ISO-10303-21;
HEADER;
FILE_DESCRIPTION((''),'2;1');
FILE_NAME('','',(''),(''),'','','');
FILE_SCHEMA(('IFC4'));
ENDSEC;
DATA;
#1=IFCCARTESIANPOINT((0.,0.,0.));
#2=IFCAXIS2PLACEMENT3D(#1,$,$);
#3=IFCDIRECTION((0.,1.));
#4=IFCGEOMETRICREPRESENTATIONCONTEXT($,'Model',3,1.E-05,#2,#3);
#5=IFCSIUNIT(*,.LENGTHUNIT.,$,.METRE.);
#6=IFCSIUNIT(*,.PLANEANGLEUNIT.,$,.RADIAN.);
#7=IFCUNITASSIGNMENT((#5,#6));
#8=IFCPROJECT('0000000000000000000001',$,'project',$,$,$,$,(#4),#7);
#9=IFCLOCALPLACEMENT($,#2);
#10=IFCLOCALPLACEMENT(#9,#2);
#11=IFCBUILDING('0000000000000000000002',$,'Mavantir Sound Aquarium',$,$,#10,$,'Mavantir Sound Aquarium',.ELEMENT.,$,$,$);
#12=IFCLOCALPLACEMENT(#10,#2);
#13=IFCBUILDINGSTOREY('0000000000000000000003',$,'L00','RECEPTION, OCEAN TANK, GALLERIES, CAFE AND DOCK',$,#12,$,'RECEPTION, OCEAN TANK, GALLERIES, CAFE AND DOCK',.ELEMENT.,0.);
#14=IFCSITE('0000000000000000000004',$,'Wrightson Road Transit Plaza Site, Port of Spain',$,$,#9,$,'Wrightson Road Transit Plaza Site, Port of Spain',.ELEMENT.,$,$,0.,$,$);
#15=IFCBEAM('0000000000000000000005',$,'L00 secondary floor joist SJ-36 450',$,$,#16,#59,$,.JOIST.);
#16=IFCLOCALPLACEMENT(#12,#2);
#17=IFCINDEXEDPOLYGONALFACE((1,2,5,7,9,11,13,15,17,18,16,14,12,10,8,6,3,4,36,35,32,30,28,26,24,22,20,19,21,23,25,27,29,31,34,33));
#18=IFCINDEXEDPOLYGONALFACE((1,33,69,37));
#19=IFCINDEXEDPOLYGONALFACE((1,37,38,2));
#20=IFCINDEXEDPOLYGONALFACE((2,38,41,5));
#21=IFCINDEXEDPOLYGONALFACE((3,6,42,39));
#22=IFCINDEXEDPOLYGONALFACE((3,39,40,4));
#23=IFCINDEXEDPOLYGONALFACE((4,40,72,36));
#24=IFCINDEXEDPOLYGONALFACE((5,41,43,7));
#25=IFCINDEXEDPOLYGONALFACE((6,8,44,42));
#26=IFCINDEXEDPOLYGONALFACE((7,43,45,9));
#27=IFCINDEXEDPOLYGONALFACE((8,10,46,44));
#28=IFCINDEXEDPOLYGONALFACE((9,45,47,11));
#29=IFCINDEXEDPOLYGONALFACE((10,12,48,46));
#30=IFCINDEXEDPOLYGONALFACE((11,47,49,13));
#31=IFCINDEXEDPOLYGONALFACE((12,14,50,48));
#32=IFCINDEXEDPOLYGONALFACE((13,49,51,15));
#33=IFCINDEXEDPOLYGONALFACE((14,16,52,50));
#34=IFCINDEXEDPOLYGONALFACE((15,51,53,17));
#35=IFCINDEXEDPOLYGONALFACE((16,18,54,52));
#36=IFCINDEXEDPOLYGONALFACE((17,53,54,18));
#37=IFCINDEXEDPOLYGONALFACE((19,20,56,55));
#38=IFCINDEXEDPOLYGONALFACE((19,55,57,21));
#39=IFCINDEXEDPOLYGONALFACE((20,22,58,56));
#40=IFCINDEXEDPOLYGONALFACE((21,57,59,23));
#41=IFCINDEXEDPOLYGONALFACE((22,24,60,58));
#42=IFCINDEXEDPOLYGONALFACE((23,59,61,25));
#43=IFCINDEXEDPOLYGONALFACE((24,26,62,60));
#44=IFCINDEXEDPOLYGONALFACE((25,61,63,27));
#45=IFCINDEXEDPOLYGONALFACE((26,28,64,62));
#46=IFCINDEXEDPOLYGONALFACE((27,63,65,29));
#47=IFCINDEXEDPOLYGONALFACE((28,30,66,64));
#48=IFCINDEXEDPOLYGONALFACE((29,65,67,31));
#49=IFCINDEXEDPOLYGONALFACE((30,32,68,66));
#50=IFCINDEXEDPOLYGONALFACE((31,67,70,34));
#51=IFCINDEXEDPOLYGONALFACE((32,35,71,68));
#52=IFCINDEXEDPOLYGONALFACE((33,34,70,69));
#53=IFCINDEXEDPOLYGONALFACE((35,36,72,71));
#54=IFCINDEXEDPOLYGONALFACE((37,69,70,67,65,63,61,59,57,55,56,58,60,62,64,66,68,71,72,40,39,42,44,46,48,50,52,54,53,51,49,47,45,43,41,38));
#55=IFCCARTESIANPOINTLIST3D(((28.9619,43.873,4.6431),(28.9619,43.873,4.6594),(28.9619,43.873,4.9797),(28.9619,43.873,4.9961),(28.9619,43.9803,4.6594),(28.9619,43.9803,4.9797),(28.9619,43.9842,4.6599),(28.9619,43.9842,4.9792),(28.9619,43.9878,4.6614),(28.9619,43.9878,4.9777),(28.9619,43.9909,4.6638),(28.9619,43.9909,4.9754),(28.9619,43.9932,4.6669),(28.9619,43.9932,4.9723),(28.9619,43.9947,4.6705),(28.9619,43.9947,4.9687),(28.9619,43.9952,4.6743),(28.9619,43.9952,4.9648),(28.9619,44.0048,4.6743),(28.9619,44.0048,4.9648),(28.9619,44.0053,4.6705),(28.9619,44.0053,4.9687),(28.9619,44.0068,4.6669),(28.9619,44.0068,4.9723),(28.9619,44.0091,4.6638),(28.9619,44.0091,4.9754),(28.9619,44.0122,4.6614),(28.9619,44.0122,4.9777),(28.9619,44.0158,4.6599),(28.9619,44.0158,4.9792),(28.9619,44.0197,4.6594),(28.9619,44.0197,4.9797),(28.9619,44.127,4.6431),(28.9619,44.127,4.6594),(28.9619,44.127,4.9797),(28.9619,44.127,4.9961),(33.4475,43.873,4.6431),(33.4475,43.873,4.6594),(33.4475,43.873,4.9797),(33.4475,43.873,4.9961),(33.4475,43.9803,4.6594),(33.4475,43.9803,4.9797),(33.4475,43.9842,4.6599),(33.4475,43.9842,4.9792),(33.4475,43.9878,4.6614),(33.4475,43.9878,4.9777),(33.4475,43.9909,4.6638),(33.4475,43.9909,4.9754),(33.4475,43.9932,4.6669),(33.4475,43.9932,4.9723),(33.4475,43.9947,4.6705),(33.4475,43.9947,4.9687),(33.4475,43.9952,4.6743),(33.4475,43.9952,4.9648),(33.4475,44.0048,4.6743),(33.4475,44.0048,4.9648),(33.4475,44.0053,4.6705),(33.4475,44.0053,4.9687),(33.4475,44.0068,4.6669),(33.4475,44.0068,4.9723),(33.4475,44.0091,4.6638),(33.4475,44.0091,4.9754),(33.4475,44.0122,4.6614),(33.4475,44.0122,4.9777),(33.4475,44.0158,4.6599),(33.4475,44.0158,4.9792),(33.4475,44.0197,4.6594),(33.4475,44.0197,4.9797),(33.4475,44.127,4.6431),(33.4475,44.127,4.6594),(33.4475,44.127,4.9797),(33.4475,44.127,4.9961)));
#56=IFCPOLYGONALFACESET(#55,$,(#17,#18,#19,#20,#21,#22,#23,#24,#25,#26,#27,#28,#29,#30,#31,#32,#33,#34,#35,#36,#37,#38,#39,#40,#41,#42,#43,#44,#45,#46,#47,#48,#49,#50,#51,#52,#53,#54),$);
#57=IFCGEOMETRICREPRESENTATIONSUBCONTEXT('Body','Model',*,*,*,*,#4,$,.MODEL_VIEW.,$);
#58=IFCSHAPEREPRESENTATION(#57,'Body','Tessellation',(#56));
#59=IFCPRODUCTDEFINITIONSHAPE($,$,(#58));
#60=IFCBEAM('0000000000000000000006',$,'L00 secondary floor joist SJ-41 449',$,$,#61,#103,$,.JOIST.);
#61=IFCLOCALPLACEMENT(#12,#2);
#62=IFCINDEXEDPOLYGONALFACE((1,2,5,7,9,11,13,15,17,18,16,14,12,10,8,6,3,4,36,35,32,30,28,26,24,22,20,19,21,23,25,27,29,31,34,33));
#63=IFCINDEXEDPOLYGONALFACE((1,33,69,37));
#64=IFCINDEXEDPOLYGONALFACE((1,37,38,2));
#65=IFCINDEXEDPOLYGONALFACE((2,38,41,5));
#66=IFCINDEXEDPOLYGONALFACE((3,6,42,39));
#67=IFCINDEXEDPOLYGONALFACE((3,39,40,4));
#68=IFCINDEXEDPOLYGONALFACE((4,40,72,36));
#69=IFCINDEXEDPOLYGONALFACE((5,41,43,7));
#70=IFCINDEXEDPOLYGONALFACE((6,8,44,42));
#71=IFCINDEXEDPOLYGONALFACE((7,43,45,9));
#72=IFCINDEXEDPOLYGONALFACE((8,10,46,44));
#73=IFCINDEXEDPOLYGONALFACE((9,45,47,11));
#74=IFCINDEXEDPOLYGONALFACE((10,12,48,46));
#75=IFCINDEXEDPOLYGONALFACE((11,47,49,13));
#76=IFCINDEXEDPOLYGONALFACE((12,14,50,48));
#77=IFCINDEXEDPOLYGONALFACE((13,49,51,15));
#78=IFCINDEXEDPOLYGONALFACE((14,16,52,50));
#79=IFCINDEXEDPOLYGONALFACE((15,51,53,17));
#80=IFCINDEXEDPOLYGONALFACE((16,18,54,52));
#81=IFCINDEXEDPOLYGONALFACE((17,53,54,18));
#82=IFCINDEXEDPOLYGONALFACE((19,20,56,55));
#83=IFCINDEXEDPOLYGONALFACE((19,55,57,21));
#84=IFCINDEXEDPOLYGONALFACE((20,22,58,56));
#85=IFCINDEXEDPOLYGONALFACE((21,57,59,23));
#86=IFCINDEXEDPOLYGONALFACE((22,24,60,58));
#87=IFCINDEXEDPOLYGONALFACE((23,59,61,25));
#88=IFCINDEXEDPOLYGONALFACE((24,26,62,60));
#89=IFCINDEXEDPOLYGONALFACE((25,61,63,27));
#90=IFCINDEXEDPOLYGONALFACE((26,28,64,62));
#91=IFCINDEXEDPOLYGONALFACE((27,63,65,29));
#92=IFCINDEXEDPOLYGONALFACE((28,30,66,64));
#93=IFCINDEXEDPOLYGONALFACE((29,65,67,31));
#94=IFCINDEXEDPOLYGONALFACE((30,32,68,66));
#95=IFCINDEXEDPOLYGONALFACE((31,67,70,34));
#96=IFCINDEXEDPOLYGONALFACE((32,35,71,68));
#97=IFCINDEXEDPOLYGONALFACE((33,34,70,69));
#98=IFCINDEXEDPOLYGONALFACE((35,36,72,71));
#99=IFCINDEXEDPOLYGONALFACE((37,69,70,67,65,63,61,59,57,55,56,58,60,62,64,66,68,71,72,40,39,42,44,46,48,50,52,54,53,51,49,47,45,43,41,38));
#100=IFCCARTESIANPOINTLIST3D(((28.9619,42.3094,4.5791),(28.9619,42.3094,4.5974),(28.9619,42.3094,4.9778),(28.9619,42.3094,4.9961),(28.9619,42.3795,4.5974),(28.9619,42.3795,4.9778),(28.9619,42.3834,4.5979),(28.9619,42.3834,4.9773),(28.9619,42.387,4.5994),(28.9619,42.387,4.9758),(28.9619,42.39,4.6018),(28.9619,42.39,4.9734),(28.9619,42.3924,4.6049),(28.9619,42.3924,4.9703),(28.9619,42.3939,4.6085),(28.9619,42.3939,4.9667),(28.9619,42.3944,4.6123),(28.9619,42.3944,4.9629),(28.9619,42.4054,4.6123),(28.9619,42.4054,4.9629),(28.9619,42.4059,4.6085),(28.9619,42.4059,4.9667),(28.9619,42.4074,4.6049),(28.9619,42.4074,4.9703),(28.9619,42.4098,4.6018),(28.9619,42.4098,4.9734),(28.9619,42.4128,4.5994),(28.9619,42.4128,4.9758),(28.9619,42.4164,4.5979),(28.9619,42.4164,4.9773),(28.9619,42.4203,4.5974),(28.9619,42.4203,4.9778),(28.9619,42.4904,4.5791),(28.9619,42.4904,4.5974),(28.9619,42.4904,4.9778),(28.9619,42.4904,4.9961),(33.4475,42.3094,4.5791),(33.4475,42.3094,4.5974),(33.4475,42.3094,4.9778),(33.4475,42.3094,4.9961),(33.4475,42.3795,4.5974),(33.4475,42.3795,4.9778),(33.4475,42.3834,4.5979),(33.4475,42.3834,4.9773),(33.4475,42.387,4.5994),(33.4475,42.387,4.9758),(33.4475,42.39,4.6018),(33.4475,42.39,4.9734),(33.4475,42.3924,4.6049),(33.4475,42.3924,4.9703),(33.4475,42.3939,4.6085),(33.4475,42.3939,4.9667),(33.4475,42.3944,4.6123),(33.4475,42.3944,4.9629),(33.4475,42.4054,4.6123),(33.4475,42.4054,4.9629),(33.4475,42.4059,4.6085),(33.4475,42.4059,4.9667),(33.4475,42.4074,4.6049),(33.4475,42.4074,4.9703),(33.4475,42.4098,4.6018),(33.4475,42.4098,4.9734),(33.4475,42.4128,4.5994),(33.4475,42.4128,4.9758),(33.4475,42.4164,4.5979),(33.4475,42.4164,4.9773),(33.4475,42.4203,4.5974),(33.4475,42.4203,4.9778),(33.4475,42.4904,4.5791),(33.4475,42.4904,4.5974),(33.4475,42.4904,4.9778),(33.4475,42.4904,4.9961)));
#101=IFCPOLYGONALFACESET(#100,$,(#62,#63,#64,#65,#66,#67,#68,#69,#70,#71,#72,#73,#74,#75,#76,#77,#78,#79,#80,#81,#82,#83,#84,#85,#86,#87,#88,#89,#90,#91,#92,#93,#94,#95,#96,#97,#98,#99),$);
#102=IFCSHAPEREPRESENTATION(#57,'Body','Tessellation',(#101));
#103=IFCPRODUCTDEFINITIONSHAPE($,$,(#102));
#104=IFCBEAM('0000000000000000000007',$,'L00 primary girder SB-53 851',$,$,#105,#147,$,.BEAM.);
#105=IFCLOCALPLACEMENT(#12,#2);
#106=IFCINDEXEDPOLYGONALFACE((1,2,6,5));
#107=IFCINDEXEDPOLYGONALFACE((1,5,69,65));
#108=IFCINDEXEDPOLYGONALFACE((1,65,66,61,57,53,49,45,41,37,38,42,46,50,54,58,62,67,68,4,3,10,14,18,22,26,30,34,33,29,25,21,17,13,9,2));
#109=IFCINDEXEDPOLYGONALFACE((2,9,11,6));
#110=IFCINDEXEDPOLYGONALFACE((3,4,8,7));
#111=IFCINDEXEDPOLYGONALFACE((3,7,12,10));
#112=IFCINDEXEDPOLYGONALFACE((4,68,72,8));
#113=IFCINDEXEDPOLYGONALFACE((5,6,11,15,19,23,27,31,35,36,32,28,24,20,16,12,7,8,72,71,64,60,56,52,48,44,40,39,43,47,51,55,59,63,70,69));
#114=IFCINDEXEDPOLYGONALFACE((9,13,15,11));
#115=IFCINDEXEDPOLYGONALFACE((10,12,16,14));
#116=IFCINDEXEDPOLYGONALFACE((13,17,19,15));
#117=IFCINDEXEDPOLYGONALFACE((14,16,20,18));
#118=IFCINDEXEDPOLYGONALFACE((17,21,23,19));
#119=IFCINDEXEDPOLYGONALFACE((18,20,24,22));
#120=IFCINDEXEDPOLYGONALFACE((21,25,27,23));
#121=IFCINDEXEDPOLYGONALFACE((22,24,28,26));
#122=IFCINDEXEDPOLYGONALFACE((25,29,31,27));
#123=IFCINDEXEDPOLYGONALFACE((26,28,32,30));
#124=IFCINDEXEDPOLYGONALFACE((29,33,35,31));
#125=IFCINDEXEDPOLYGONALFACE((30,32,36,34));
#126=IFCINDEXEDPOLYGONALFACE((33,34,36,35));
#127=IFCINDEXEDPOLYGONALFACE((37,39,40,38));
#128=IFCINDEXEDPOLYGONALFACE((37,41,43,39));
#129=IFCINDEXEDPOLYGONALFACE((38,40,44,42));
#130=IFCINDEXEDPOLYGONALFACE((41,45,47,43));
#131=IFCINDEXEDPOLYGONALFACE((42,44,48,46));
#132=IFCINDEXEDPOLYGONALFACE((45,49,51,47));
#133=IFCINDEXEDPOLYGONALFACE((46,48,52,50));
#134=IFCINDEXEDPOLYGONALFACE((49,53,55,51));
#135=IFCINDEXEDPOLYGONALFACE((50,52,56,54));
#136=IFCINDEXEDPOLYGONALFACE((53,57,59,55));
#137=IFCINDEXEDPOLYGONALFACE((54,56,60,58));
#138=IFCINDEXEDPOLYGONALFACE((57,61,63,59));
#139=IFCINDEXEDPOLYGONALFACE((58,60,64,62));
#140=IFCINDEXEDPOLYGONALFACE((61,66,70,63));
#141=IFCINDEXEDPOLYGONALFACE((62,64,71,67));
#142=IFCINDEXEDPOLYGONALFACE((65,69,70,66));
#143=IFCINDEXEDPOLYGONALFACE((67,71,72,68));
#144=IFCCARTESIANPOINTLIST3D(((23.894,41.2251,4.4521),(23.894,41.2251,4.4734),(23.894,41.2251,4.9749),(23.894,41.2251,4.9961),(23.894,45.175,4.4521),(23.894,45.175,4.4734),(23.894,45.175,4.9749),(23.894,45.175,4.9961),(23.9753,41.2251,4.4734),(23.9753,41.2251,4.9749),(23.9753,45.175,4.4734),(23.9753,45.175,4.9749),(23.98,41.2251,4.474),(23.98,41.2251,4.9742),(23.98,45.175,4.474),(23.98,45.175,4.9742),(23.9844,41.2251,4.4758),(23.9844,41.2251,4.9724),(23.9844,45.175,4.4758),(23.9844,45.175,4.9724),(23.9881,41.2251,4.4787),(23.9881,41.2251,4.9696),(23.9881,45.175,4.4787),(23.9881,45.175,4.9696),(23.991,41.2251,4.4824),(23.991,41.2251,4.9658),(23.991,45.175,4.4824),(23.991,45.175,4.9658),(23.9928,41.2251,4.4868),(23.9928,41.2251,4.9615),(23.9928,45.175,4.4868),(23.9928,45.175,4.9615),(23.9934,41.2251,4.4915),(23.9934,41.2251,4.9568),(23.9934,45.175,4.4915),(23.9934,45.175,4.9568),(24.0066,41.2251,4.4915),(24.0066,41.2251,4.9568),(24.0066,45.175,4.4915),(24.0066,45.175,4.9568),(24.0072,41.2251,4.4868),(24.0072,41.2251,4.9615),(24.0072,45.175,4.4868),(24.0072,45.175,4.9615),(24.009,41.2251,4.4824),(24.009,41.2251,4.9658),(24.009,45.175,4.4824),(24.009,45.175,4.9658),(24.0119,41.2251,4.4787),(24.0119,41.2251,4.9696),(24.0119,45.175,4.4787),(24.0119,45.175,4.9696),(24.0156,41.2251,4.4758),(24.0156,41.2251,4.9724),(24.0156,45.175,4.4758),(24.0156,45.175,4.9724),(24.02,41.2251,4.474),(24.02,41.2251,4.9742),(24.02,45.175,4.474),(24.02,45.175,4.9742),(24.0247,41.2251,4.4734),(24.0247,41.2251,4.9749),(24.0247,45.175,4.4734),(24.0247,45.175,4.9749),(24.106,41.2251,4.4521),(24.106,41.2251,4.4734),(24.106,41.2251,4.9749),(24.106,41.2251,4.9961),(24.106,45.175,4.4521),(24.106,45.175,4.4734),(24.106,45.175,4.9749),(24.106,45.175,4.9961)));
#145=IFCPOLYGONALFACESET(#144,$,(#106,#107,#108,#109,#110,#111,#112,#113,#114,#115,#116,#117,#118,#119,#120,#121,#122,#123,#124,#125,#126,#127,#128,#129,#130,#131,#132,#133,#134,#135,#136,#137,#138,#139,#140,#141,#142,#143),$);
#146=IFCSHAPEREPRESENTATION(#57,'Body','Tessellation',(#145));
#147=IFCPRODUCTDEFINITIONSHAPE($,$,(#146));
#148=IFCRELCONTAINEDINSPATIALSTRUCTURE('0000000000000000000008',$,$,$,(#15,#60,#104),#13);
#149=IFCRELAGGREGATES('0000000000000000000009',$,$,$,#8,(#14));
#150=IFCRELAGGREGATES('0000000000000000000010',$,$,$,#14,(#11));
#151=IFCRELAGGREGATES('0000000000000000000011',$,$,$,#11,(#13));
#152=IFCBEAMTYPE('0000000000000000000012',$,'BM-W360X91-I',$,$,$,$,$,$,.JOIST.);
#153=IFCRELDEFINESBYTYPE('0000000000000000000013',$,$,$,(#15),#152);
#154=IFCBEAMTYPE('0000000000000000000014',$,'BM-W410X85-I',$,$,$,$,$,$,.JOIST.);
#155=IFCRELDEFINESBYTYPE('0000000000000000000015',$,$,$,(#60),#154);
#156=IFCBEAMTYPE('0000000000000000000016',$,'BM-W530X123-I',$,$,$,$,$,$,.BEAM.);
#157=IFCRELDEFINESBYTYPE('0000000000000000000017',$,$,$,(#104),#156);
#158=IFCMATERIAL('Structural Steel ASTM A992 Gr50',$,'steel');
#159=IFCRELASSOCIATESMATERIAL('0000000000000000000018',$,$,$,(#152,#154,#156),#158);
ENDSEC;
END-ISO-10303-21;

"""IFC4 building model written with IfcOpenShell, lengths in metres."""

from ifc_helpers import new_model, si_unit, direction, frame, origin, origin_2d, place, context, subcontext, project, spatial, i_section, extrude, material, material_profile, profile_set, type_object, element, save


model = new_model("IFC4")

# Units and contexts
model_context = context("Model", 3, precision=1e-05, world=origin(), true_north=direction((0.0, 1.0)))
body_context = subcontext(model_context, "Body", "Model", "MODEL_VIEW")
ifc_project = project(units=[si_unit("LENGTHUNIT", "METRE"), si_unit("PLANEANGLEUNIT", "RADIAN")], contexts=[model_context])

# Site, building, storey
site_placement = place(None, origin())
site = spatial("IfcSite", under=ifc_project, at=site_placement, Name="Wrightson Road Transit Plaza Site, Port of Spain", LongName="Wrightson Road Transit Plaza Site, Port of Spain", CompositionType="ELEMENT", RefElevation=0.0)
building_placement = place(site_placement, origin())
building = spatial("IfcBuilding", under=site, at=building_placement, Name="Mavantir Sound Aquarium", LongName="Mavantir Sound Aquarium", CompositionType="ELEMENT")
storey_placement = place(building_placement, origin())
storey = spatial("IfcBuildingStorey", under=building, at=storey_placement, Name="L00", Description="RECEPTION, OCEAN TANK, GALLERIES, CAFE AND DOCK", LongName="RECEPTION, OCEAN TANK, GALLERIES, CAFE AND DOCK", CompositionType="ELEMENT", Elevation=0.0)

# Beams
ifc_material_1 = material(Name="Structural Steel ASTM A992 Gr50", Category="steel")
ifc_material_profile_1 = material_profile(ifc_material_1, i_section(OverallWidth=0.2539, OverallDepth=0.353, WebThickness=0.0095, FlangeThickness=0.0164, FilletRadius=0.0149, at=origin_2d()), Name="W360X91")
ifc_profile_set_1 = profile_set([ifc_material_profile_1], Name="Structural Steel ASTM A992 Gr50")
beam_type_1 = type_object("IfcBeamType", Name="BM-W360X91-I", PredefinedType="JOIST", material=ifc_profile_set_1)
beam_1_placement = place(storey_placement, frame((28.9619, 44.0, 4.8196), z_axis=(1.0, 0.0, 0.0), x_axis=(0.0, 1.0, 0.0)))
element("IfcBeam", 1, at=beam_1_placement, inside=storey, type_object=beam_type_1, Name="L00 secondary floor joist SJ-36 450", PredefinedType="JOIST", context=body_context, shape_type="SweptSolid", body=[
    extrude(i_section(OverallWidth=0.2539, OverallDepth=0.353, WebThickness=0.0095, FlangeThickness=0.0164, FilletRadius=0.0149, at=origin_2d()), origin(), (0.0, 0.0, 1.0), 4.4856),
])
ifc_material_profile_2 = material_profile(ifc_material_1, i_section(OverallWidth=0.1809, OverallDepth=0.417, WebThickness=0.011, FlangeThickness=0.0183, FilletRadius=0.0149, at=origin_2d()), Name="W410X85")
ifc_profile_set_2 = profile_set([ifc_material_profile_2], Name="Structural Steel ASTM A992 Gr50")
beam_type_2 = type_object("IfcBeamType", Name="BM-W410X85-I", PredefinedType="JOIST", material=ifc_profile_set_2)
beam_2_placement = place(storey_placement, frame((28.9619, 42.3999, 4.7876), z_axis=(1.0, 0.0, 0.0), x_axis=(0.0, 1.0, 0.0)))
element("IfcBeam", 2, at=beam_2_placement, inside=storey, type_object=beam_type_2, Name="L00 secondary floor joist SJ-41 449", PredefinedType="JOIST", context=body_context, shape_type="SweptSolid", body=[
    extrude(i_section(OverallWidth=0.1809, OverallDepth=0.417, WebThickness=0.011, FlangeThickness=0.0183, FilletRadius=0.0149, at=origin_2d()), origin(), (0.0, 0.0, 1.0), 4.4856),
])
ifc_material_profile_3 = material_profile(ifc_material_1, i_section(OverallWidth=0.2119, OverallDepth=0.5439, WebThickness=0.0132, FlangeThickness=0.0212, FilletRadius=0.0181, at=origin_2d()), Name="W530X123")
ifc_profile_set_3 = profile_set([ifc_material_profile_3], Name="Structural Steel ASTM A992 Gr50")
beam_type_3 = type_object("IfcBeamType", Name="BM-W530X123-I", PredefinedType="BEAM", material=ifc_profile_set_3)
beam_3_placement = place(storey_placement, frame((24.0, 41.2251, 4.7241), z_axis=(0.0, 1.0, 0.0), x_axis=(-1.0, 0.0, 0.0)))
element("IfcBeam", 3, at=beam_3_placement, inside=storey, type_object=beam_type_3, Name="L00 primary girder SB-53 851", PredefinedType="BEAM", context=body_context, shape_type="SweptSolid", body=[
    extrude(i_section(OverallWidth=0.2119, OverallDepth=0.5439, WebThickness=0.0132, FlangeThickness=0.0212, FilletRadius=0.0181, at=origin_2d()), origin(), (0.0, 0.0, 1.0), 3.95),
])

save(model, "model.ifc")
